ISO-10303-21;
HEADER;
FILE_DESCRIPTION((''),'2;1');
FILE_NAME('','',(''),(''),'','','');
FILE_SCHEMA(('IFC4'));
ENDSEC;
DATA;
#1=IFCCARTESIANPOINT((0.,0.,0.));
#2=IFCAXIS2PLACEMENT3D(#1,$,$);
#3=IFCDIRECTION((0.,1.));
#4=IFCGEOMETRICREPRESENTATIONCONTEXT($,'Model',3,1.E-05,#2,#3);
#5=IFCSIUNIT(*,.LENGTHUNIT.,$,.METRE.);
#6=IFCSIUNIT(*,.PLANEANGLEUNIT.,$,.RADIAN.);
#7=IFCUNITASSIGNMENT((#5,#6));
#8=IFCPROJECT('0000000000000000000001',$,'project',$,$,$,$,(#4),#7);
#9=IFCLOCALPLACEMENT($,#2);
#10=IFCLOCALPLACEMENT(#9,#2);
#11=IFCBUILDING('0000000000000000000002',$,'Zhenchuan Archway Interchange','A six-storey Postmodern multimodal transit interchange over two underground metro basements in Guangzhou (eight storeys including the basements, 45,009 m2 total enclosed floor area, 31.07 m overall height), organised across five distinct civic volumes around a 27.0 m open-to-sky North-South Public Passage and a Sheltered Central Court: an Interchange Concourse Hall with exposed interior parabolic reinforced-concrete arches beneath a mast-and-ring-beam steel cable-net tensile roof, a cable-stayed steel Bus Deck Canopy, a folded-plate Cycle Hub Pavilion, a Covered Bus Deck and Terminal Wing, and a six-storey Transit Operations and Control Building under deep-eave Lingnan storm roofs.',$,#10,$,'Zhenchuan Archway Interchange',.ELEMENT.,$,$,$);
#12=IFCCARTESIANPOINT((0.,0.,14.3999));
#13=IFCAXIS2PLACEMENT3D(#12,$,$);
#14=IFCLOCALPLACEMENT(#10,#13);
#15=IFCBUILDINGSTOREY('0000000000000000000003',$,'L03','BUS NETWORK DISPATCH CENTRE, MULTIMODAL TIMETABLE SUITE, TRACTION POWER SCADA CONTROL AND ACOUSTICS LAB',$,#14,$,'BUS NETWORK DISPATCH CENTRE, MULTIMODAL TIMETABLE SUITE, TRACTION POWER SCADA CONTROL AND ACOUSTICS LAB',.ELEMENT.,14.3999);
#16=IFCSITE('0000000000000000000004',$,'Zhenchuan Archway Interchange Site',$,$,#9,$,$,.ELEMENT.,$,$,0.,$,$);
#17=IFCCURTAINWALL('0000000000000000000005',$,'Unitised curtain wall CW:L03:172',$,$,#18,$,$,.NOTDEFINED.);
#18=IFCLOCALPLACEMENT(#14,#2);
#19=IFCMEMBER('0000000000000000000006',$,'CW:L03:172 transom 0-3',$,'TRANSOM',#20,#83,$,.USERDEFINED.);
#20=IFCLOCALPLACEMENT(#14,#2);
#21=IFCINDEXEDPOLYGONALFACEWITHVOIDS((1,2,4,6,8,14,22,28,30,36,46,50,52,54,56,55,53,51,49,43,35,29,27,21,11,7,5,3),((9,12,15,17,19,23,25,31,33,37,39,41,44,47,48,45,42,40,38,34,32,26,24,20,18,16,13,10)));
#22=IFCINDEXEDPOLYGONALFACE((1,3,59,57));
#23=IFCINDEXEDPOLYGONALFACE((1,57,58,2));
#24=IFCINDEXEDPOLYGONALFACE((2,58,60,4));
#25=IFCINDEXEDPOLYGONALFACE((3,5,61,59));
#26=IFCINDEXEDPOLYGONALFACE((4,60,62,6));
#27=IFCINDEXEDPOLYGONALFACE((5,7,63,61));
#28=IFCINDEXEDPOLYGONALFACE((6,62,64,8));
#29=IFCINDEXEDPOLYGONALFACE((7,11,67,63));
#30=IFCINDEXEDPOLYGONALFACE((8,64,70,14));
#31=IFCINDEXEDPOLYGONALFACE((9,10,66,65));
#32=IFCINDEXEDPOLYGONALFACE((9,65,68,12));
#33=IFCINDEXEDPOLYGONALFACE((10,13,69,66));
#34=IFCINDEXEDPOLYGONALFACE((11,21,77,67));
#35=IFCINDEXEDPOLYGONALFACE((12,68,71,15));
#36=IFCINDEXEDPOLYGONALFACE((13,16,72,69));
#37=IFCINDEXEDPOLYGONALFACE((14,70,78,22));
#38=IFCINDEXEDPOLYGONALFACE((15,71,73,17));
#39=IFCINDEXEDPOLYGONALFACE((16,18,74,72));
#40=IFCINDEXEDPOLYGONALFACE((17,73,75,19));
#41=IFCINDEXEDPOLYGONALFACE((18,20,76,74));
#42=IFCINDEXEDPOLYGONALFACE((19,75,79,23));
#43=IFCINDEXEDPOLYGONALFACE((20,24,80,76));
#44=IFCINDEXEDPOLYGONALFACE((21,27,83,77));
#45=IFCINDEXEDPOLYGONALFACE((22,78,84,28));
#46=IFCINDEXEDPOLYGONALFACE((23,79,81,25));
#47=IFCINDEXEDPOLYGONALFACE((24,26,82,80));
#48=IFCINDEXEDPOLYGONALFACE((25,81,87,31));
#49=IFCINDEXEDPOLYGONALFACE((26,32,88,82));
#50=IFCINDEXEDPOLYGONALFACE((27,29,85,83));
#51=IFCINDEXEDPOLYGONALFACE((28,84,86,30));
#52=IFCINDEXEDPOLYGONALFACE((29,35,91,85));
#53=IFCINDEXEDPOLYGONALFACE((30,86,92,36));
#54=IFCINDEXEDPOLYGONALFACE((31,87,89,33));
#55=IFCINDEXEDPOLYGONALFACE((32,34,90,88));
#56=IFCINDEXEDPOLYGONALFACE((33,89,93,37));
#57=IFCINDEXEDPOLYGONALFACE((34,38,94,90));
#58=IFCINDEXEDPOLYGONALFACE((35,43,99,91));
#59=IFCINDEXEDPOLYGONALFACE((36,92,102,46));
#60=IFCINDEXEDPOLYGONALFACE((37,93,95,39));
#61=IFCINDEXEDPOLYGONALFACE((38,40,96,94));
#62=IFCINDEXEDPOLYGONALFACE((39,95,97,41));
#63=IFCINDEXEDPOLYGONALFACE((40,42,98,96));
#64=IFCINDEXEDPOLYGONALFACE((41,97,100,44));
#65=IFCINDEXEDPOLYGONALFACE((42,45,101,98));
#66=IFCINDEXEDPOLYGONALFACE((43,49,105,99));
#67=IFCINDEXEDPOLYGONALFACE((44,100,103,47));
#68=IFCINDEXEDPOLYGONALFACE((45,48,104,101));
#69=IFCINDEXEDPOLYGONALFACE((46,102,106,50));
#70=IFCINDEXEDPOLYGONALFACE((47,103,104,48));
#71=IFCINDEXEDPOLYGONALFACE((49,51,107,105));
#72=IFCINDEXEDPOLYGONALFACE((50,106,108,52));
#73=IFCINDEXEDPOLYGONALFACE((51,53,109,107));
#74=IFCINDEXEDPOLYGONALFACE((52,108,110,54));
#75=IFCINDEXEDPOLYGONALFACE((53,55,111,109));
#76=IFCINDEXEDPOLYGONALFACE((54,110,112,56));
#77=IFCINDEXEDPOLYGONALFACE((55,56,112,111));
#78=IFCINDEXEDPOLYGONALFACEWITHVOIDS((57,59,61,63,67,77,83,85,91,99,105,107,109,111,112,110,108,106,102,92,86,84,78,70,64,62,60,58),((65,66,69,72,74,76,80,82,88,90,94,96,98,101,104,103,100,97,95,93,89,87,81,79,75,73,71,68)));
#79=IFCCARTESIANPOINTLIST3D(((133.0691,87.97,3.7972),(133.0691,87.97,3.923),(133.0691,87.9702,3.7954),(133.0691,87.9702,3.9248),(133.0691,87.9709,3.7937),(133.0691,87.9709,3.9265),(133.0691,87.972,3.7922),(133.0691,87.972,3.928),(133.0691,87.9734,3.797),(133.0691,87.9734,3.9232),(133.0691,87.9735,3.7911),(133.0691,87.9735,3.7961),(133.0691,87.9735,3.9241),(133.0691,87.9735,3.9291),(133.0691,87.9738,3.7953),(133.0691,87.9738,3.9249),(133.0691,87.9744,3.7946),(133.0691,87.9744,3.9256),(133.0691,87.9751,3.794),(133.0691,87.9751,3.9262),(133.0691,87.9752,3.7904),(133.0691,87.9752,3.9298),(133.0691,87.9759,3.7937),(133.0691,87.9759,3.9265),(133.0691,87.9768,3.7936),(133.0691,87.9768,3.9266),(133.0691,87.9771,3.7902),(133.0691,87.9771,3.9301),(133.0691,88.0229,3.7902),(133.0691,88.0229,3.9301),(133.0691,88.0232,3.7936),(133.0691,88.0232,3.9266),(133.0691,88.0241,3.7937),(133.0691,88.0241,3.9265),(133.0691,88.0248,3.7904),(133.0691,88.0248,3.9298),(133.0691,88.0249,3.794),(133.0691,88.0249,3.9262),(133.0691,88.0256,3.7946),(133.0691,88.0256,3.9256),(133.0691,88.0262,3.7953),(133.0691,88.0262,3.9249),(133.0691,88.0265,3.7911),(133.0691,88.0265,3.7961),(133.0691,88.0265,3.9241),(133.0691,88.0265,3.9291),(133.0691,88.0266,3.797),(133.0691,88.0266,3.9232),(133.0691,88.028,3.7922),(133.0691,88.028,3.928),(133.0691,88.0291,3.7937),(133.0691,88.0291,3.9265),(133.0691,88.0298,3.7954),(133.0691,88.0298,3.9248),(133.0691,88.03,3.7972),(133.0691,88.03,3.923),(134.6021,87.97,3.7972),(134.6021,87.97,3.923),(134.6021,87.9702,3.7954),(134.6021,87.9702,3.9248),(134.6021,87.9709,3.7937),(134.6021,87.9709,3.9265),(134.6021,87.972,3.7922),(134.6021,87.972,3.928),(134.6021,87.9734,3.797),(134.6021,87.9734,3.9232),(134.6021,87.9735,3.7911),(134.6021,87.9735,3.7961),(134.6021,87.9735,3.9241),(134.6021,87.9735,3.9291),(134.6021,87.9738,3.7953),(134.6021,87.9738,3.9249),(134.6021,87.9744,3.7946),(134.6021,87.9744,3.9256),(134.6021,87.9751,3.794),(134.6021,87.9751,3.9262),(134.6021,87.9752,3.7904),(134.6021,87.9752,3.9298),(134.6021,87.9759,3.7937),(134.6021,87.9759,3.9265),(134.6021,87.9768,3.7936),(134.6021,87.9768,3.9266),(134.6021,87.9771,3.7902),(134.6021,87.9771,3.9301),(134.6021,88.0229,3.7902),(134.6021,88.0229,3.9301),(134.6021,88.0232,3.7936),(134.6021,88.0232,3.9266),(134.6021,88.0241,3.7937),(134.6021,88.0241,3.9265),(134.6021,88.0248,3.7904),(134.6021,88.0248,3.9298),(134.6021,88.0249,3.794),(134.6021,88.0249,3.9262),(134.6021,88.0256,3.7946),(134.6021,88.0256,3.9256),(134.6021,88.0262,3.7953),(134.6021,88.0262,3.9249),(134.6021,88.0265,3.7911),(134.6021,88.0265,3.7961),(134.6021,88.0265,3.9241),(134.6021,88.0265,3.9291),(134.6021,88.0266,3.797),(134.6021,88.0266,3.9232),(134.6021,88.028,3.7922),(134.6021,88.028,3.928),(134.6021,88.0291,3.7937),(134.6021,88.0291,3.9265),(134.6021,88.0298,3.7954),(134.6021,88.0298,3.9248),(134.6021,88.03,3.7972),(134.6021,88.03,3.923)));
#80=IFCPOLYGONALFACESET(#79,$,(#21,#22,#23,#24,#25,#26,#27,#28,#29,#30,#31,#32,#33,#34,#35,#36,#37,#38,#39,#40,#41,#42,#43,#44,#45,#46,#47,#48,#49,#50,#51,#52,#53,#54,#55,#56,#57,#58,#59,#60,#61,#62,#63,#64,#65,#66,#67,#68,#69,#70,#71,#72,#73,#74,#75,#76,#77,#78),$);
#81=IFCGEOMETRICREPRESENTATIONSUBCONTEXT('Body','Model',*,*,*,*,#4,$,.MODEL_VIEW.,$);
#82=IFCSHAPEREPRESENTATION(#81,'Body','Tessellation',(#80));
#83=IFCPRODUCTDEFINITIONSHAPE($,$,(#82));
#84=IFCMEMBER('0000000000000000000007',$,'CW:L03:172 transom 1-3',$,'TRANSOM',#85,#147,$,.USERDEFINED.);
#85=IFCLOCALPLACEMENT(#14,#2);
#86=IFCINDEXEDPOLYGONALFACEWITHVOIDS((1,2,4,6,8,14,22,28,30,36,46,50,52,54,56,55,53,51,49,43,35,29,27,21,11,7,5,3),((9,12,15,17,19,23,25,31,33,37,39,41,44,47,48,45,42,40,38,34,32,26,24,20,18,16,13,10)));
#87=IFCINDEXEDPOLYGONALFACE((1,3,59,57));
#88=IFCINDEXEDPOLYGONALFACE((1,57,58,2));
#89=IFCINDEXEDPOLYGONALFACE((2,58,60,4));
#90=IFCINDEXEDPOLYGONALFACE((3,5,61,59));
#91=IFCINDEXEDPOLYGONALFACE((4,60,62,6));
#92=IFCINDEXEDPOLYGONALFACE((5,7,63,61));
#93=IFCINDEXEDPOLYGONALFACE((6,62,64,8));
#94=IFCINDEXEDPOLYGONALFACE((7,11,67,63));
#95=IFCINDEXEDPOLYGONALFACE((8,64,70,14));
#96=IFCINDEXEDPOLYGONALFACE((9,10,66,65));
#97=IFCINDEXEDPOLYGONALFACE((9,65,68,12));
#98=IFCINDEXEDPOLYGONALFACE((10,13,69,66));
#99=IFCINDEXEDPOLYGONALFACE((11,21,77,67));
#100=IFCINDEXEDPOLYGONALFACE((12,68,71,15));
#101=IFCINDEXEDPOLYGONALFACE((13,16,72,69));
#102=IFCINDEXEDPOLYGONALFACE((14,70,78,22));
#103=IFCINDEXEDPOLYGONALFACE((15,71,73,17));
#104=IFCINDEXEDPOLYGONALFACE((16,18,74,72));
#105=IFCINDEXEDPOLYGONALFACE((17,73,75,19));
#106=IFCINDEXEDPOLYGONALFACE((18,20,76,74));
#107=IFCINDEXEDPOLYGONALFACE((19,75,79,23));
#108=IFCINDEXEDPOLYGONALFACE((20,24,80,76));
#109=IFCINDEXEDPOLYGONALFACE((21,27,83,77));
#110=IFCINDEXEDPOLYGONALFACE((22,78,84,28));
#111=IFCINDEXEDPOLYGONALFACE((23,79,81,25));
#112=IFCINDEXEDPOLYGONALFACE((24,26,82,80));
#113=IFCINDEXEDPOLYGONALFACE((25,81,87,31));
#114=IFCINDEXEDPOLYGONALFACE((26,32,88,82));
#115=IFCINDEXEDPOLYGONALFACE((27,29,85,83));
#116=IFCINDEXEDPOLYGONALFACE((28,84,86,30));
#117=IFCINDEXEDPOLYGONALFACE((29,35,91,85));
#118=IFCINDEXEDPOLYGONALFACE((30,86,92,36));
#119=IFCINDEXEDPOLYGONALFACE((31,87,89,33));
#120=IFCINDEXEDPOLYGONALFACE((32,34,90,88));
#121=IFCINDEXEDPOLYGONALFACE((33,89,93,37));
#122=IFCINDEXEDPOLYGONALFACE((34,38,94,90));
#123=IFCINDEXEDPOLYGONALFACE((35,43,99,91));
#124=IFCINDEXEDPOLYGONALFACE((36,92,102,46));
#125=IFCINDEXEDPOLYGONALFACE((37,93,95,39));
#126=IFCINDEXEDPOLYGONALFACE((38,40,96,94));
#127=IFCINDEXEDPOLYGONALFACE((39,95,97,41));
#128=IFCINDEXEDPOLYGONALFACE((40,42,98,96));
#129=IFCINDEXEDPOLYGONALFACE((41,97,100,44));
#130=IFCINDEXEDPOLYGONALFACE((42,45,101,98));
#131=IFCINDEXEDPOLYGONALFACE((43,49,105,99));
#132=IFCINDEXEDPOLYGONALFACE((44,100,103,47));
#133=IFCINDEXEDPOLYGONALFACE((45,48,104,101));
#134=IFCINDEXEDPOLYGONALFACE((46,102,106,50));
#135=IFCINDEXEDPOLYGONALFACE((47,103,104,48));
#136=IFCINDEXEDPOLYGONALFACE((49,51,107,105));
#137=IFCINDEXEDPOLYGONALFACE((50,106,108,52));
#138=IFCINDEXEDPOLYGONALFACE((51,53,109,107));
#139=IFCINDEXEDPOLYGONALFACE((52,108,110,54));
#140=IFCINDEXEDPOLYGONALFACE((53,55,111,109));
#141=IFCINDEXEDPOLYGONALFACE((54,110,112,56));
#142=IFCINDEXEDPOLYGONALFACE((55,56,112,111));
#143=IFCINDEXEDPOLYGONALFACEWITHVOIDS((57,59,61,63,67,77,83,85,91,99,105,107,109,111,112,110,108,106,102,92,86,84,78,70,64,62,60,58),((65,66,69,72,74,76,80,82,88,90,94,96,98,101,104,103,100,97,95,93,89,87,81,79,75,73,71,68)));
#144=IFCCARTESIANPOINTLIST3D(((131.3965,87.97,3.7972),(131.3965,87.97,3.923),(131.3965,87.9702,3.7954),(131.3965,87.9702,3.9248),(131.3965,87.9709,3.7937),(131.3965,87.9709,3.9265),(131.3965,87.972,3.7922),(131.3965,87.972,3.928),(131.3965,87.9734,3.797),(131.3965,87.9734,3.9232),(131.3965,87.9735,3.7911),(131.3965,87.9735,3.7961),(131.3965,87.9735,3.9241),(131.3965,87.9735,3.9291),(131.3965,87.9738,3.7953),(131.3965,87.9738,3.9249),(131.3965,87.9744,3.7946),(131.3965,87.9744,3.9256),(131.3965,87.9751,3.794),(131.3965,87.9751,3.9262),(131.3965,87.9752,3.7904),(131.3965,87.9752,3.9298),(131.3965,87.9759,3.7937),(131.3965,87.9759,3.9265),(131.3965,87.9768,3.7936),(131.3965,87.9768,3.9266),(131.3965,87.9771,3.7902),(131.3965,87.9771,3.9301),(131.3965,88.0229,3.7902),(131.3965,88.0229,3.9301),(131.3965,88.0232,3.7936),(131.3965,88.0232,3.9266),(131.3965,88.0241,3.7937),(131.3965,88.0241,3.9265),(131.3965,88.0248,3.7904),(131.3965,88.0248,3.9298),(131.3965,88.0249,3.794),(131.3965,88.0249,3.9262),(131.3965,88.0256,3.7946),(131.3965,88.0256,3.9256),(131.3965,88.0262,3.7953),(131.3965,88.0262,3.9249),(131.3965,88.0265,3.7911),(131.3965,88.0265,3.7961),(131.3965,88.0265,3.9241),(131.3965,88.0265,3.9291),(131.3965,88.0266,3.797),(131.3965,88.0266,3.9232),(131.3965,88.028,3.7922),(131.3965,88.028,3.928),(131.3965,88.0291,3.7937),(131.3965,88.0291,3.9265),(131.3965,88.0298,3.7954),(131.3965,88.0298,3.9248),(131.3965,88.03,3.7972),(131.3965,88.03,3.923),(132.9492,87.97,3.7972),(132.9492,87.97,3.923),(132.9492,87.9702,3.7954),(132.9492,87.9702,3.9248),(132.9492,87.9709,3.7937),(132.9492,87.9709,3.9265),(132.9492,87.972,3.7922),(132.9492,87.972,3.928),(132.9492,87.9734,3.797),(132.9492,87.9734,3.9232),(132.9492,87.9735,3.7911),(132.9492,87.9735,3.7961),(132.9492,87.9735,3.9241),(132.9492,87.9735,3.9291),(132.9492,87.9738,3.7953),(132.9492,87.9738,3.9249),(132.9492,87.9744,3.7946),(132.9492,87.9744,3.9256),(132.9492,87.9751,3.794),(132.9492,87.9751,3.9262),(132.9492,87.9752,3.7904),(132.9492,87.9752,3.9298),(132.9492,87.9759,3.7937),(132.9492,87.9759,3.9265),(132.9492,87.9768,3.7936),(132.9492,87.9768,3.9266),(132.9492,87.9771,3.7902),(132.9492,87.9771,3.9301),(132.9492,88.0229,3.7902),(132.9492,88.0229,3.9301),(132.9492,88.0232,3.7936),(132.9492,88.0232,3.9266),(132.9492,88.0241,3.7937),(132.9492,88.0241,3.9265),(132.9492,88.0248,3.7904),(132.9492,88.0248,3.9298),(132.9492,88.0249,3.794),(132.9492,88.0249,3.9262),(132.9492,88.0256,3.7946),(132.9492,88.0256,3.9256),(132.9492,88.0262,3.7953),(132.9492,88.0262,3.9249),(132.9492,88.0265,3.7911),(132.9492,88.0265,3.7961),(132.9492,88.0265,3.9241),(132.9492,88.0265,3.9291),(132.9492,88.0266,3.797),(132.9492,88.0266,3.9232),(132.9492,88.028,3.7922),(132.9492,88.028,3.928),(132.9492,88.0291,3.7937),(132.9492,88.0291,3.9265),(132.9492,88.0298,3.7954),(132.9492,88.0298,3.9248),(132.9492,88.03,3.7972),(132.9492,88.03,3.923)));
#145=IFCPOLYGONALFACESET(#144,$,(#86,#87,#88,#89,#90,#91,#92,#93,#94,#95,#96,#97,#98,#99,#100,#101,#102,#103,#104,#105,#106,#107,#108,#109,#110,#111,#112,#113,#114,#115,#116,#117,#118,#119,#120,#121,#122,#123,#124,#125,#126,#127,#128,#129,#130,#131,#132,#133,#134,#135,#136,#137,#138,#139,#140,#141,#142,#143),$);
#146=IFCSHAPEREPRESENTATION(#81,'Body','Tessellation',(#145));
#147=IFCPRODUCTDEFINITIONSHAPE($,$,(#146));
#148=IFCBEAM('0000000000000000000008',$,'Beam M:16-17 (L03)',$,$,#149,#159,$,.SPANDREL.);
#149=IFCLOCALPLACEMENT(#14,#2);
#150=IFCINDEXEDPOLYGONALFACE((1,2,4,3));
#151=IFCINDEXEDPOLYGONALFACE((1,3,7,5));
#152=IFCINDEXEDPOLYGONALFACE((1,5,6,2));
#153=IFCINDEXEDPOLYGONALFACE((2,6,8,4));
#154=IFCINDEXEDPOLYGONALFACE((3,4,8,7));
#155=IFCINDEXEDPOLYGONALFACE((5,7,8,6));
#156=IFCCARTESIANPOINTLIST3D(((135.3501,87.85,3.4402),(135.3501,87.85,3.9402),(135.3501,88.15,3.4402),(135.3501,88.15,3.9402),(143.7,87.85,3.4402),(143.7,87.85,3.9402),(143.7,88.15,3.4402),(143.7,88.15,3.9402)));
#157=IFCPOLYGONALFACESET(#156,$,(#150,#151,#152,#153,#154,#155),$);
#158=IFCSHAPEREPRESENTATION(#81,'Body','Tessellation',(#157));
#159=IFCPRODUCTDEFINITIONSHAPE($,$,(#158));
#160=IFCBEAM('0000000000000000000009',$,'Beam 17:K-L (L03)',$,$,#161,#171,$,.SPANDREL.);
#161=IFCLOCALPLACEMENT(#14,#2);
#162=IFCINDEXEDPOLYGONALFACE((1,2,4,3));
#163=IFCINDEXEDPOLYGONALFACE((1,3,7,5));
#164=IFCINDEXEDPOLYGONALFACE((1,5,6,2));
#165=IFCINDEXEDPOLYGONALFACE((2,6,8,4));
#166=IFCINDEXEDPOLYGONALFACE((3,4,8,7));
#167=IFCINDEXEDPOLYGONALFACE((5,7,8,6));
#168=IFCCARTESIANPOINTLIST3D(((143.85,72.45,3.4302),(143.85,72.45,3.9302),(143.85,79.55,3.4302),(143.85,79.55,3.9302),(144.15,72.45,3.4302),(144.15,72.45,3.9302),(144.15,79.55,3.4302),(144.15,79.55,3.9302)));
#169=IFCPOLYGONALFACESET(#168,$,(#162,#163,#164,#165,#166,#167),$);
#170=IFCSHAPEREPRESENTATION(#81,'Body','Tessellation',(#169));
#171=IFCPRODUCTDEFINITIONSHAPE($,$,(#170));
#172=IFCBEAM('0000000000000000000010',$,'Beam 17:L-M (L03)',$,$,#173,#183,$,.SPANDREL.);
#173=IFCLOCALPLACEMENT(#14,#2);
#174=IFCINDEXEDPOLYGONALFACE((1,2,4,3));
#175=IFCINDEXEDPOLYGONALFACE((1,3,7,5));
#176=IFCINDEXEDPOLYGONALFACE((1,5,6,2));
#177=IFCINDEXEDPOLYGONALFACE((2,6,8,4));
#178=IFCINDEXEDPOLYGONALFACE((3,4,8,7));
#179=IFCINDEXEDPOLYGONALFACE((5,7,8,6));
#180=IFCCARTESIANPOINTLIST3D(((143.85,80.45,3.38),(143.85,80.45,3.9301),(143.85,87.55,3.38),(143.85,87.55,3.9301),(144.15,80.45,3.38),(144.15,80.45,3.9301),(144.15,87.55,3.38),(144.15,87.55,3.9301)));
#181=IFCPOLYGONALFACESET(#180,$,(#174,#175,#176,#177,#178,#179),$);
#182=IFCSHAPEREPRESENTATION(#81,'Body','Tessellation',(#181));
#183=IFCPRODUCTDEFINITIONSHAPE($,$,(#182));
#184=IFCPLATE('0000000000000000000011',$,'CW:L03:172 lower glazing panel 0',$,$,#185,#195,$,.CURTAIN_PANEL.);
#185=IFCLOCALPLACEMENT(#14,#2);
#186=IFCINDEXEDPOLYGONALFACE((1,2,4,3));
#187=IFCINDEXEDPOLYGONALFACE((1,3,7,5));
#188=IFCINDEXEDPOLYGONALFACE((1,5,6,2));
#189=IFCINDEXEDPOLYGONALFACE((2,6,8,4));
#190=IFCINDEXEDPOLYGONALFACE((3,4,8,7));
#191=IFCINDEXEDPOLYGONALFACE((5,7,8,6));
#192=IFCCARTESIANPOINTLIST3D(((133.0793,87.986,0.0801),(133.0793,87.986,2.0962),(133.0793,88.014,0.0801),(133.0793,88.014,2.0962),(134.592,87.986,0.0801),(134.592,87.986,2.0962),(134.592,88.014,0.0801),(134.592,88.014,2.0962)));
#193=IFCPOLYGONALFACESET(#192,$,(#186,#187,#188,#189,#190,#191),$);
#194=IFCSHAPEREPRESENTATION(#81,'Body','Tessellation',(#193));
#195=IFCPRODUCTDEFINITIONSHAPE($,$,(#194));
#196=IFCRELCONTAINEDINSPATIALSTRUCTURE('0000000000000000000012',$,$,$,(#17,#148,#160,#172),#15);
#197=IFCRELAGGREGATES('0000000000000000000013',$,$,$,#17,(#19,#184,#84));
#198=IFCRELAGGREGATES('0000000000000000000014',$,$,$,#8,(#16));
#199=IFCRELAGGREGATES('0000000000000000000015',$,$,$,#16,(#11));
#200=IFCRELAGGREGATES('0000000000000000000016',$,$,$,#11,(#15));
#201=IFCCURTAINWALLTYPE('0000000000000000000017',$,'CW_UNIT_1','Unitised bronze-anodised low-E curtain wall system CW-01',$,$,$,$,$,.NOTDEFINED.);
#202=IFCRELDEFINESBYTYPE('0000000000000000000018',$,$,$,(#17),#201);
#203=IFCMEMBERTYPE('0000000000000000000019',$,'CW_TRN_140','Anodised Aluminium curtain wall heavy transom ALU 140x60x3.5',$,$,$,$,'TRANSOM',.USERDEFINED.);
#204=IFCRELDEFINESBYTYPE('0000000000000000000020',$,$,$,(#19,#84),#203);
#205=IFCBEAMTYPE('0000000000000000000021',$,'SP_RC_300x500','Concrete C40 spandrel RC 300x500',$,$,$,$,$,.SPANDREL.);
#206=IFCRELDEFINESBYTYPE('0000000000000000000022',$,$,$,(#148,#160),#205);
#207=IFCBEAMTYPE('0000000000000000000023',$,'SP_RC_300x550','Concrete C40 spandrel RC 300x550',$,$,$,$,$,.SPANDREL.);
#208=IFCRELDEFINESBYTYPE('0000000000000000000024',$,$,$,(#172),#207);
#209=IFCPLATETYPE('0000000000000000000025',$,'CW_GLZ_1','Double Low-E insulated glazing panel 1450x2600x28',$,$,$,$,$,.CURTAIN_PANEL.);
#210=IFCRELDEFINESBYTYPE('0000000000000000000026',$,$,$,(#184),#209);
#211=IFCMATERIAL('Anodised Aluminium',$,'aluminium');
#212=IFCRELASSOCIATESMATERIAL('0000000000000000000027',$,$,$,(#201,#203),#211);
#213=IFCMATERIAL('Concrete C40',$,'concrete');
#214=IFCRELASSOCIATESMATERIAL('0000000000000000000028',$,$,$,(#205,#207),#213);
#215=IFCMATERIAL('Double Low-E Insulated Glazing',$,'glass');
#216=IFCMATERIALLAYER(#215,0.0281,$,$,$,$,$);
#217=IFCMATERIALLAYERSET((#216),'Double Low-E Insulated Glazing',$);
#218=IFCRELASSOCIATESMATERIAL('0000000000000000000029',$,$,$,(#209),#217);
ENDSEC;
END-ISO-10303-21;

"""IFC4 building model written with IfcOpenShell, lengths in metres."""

from ifc_helpers import new_model, si_unit, direction, frame, origin, origin_2d, place, context, subcontext, project, spatial, rectangle, hollow_rectangle, extrude, material, layer, layer_set, material_profile, profile_set, type_object, element, aggregate, save


model = new_model("IFC4")

# Units and contexts
model_context = context("Model", 3, precision=1e-05, world=origin(), true_north=direction((0.0, 1.0)))
body_context = subcontext(model_context, "Body", "Model", "MODEL_VIEW")
ifc_project = project(units=[si_unit("LENGTHUNIT", "METRE"), si_unit("PLANEANGLEUNIT", "RADIAN")], contexts=[model_context])

# Site, building, storey
site_placement = place(None, origin())
site = spatial("IfcSite", under=ifc_project, at=site_placement, Name="Zhenchuan Archway Interchange Site", CompositionType="ELEMENT", RefElevation=0.0)
building_placement = place(site_placement, origin())
building = spatial("IfcBuilding", under=site, at=building_placement, Name="Zhenchuan Archway Interchange", Description="A six-storey Postmodern multimodal transit interchange over two underground metro basements in Guangzhou (eight storeys including the basements, 45,009 m2 total enclosed floor area, 31.07 m overall height), organised across five distinct civic volumes around a 27.0 m open-to-sky North-South Public Passage and a Sheltered Central Court: an Interchange Concourse Hall with exposed interior parabolic reinforced-concrete arches beneath a mast-and-ring-beam steel cable-net tensile roof, a cable-stayed steel Bus Deck Canopy, a folded-plate Cycle Hub Pavilion, a Covered Bus Deck and Terminal Wing, and a six-storey Transit Operations and Control Building under deep-eave Lingnan storm roofs.", LongName="Zhenchuan Archway Interchange", CompositionType="ELEMENT")
storey_placement = place(building_placement, frame((0.0, 0.0, 14.3999)))
storey = spatial("IfcBuildingStorey", under=building, at=storey_placement, Name="L03", Description="BUS NETWORK DISPATCH CENTRE, MULTIMODAL TIMETABLE SUITE, TRACTION POWER SCADA CONTROL AND ACOUSTICS LAB", LongName="BUS NETWORK DISPATCH CENTRE, MULTIMODAL TIMETABLE SUITE, TRACTION POWER SCADA CONTROL AND ACOUSTICS LAB", CompositionType="ELEMENT", Elevation=14.3999)

# Shared definitions
ifc_material_1 = material(Name="Concrete C40", Category="concrete")

# Curtain wall
ifc_material_2 = material(Name="Anodised Aluminium", Category="aluminium")
curtain_wall_type_1 = type_object("IfcCurtainWallType", Name="CW_UNIT_1", Description="Unitised bronze-anodised low-E curtain wall system CW-01", PredefinedType="NOTDEFINED", material=ifc_material_2)
curtain_wall_1_placement = place(storey_placement, origin())
curtain_wall_1 = element("IfcCurtainWall", 1, at=curtain_wall_1_placement, inside=storey, type_object=curtain_wall_type_1, Name="Unitised curtain wall CW:L03:172", PredefinedType="NOTDEFINED")

# Members
ifc_material_profile_1 = material_profile(ifc_material_2, hollow_rectangle(XDim=0.0601, YDim=0.1399, WallThickness=0.0034, InnerFilletRadius=0.0034, OuterFilletRadius=0.0071, at=origin_2d()), Name="ALU 140x60x3.5")
ifc_profile_set_1 = profile_set([ifc_material_profile_1], Name="Anodised Aluminium")
member_type_1 = type_object("IfcMemberType", Name="CW_TRN_140", Description="Anodised Aluminium curtain wall heavy transom ALU 140x60x3.5", ElementType="TRANSOM", PredefinedType="USERDEFINED", material=ifc_profile_set_1)
member_1_placement = place(storey_placement, frame((134.6021, 88.0, 3.8601), z_axis=(-1.0, 0.0, 0.0), x_axis=(0.0, -1.0, 0.0)))
member_1 = element("IfcMember", 2, at=member_1_placement, type_object=member_type_1, Name="CW:L03:172 transom 0-3", ObjectType="TRANSOM", PredefinedType="USERDEFINED", context=body_context, shape_type="SweptSolid", body=[
    extrude(hollow_rectangle(XDim=0.0601, YDim=0.1399, WallThickness=0.0034, InnerFilletRadius=0.0034, OuterFilletRadius=0.0071, at=origin_2d()), origin(), (0.0, 0.0, 1.0), 1.533),
])
member_2_placement = place(storey_placement, frame((132.9492, 88.0, 3.8601), z_axis=(-1.0, 0.0, 0.0), x_axis=(0.0, -1.0, 0.0)))
member_2 = element("IfcMember", 3, at=member_2_placement, type_object=member_type_1, Name="CW:L03:172 transom 1-3", ObjectType="TRANSOM", PredefinedType="USERDEFINED", context=body_context, shape_type="SweptSolid", body=[
    extrude(hollow_rectangle(XDim=0.0601, YDim=0.1399, WallThickness=0.0034, InnerFilletRadius=0.0034, OuterFilletRadius=0.0071, at=origin_2d()), origin(), (0.0, 0.0, 1.0), 1.5527),
])

# Beams
ifc_material_profile_2 = material_profile(ifc_material_1, rectangle(XDim=0.3, YDim=0.5, at=origin_2d()), Name="RC 300x500")
ifc_profile_set_2 = profile_set([ifc_material_profile_2], Name="Concrete C40")
beam_type_1 = type_object("IfcBeamType", Name="SP_RC_300x500", Description="Concrete C40 spandrel RC 300x500", PredefinedType="SPANDREL", material=ifc_profile_set_2)
beam_1_placement = place(storey_placement, frame((135.3501, 88.0, 3.6902), z_axis=(1.0, 0.0, 0.0), x_axis=(0.0, 1.0, 0.0)))
element("IfcBeam", 4, at=beam_1_placement, inside=storey, type_object=beam_type_1, Name="Beam M:16-17 (L03)", PredefinedType="SPANDREL", context=body_context, shape_type="SweptSolid", body=[
    extrude(rectangle(XDim=0.3, YDim=0.5, at=origin_2d()), origin(), (0.0, 0.0, 1.0), 8.3499),
])
beam_2_placement = place(storey_placement, frame((144.0, 72.45, 3.6802), z_axis=(0.0, 1.0, 0.0), x_axis=(-1.0, 0.0, 0.0)))
element("IfcBeam", 5, at=beam_2_placement, inside=storey, type_object=beam_type_1, Name="Beam 17:K-L (L03)", PredefinedType="SPANDREL", context=body_context, shape_type="SweptSolid", body=[
    extrude(rectangle(XDim=0.3, YDim=0.5, at=origin_2d()), origin(), (0.0, 0.0, 1.0), 7.1001),
])
ifc_material_profile_3 = material_profile(ifc_material_1, rectangle(XDim=0.3, YDim=0.55, at=origin_2d()), Name="RC 300x550")
ifc_profile_set_3 = profile_set([ifc_material_profile_3], Name="Concrete C40")
beam_type_2 = type_object("IfcBeamType", Name="SP_RC_300x550", Description="Concrete C40 spandrel RC 300x550", PredefinedType="SPANDREL", material=ifc_profile_set_3)
beam_3_placement = place(storey_placement, frame((144.0, 80.45, 3.655), z_axis=(0.0, 1.0, 0.0), x_axis=(-1.0, 0.0, 0.0)))
element("IfcBeam", 6, at=beam_3_placement, inside=storey, type_object=beam_type_2, Name="Beam 17:L-M (L03)", PredefinedType="SPANDREL", context=body_context, shape_type="SweptSolid", body=[
    extrude(rectangle(XDim=0.3, YDim=0.55, at=origin_2d()), origin(), (0.0, 0.0, 1.0), 7.1001),
])

# Plate
ifc_material_3 = material(Name="Double Low-E Insulated Glazing", Category="glass")
ifc_layer_1 = layer(ifc_material_3, 0.0281)
ifc_layer_set_1 = layer_set([ifc_layer_1], Name="Double Low-E Insulated Glazing")
plate_type_1 = type_object("IfcPlateType", Name="CW_GLZ_1", Description="Double Low-E insulated glazing panel 1450x2600x28", PredefinedType="CURTAIN_PANEL", material=ifc_layer_set_1)
plate_1_placement = place(storey_placement, frame((133.8357, 88.0, 0.0801), z_axis=(0.0, 0.0, 1.0), x_axis=(-1.0, 0.0, 0.0)))
plate_1 = element("IfcPlate", 7, at=plate_1_placement, type_object=plate_type_1, Name="CW:L03:172 lower glazing panel 0", PredefinedType="CURTAIN_PANEL", context=body_context, shape_type="SweptSolid", body=[
    extrude(rectangle(XDim=1.5127, YDim=0.0281, at=origin_2d()), origin(), (0.0, 0.0, 1.0), 2.0161),
])
aggregate(curtain_wall_1, [member_1, plate_1, member_2])

save(model, "model.ifc")
